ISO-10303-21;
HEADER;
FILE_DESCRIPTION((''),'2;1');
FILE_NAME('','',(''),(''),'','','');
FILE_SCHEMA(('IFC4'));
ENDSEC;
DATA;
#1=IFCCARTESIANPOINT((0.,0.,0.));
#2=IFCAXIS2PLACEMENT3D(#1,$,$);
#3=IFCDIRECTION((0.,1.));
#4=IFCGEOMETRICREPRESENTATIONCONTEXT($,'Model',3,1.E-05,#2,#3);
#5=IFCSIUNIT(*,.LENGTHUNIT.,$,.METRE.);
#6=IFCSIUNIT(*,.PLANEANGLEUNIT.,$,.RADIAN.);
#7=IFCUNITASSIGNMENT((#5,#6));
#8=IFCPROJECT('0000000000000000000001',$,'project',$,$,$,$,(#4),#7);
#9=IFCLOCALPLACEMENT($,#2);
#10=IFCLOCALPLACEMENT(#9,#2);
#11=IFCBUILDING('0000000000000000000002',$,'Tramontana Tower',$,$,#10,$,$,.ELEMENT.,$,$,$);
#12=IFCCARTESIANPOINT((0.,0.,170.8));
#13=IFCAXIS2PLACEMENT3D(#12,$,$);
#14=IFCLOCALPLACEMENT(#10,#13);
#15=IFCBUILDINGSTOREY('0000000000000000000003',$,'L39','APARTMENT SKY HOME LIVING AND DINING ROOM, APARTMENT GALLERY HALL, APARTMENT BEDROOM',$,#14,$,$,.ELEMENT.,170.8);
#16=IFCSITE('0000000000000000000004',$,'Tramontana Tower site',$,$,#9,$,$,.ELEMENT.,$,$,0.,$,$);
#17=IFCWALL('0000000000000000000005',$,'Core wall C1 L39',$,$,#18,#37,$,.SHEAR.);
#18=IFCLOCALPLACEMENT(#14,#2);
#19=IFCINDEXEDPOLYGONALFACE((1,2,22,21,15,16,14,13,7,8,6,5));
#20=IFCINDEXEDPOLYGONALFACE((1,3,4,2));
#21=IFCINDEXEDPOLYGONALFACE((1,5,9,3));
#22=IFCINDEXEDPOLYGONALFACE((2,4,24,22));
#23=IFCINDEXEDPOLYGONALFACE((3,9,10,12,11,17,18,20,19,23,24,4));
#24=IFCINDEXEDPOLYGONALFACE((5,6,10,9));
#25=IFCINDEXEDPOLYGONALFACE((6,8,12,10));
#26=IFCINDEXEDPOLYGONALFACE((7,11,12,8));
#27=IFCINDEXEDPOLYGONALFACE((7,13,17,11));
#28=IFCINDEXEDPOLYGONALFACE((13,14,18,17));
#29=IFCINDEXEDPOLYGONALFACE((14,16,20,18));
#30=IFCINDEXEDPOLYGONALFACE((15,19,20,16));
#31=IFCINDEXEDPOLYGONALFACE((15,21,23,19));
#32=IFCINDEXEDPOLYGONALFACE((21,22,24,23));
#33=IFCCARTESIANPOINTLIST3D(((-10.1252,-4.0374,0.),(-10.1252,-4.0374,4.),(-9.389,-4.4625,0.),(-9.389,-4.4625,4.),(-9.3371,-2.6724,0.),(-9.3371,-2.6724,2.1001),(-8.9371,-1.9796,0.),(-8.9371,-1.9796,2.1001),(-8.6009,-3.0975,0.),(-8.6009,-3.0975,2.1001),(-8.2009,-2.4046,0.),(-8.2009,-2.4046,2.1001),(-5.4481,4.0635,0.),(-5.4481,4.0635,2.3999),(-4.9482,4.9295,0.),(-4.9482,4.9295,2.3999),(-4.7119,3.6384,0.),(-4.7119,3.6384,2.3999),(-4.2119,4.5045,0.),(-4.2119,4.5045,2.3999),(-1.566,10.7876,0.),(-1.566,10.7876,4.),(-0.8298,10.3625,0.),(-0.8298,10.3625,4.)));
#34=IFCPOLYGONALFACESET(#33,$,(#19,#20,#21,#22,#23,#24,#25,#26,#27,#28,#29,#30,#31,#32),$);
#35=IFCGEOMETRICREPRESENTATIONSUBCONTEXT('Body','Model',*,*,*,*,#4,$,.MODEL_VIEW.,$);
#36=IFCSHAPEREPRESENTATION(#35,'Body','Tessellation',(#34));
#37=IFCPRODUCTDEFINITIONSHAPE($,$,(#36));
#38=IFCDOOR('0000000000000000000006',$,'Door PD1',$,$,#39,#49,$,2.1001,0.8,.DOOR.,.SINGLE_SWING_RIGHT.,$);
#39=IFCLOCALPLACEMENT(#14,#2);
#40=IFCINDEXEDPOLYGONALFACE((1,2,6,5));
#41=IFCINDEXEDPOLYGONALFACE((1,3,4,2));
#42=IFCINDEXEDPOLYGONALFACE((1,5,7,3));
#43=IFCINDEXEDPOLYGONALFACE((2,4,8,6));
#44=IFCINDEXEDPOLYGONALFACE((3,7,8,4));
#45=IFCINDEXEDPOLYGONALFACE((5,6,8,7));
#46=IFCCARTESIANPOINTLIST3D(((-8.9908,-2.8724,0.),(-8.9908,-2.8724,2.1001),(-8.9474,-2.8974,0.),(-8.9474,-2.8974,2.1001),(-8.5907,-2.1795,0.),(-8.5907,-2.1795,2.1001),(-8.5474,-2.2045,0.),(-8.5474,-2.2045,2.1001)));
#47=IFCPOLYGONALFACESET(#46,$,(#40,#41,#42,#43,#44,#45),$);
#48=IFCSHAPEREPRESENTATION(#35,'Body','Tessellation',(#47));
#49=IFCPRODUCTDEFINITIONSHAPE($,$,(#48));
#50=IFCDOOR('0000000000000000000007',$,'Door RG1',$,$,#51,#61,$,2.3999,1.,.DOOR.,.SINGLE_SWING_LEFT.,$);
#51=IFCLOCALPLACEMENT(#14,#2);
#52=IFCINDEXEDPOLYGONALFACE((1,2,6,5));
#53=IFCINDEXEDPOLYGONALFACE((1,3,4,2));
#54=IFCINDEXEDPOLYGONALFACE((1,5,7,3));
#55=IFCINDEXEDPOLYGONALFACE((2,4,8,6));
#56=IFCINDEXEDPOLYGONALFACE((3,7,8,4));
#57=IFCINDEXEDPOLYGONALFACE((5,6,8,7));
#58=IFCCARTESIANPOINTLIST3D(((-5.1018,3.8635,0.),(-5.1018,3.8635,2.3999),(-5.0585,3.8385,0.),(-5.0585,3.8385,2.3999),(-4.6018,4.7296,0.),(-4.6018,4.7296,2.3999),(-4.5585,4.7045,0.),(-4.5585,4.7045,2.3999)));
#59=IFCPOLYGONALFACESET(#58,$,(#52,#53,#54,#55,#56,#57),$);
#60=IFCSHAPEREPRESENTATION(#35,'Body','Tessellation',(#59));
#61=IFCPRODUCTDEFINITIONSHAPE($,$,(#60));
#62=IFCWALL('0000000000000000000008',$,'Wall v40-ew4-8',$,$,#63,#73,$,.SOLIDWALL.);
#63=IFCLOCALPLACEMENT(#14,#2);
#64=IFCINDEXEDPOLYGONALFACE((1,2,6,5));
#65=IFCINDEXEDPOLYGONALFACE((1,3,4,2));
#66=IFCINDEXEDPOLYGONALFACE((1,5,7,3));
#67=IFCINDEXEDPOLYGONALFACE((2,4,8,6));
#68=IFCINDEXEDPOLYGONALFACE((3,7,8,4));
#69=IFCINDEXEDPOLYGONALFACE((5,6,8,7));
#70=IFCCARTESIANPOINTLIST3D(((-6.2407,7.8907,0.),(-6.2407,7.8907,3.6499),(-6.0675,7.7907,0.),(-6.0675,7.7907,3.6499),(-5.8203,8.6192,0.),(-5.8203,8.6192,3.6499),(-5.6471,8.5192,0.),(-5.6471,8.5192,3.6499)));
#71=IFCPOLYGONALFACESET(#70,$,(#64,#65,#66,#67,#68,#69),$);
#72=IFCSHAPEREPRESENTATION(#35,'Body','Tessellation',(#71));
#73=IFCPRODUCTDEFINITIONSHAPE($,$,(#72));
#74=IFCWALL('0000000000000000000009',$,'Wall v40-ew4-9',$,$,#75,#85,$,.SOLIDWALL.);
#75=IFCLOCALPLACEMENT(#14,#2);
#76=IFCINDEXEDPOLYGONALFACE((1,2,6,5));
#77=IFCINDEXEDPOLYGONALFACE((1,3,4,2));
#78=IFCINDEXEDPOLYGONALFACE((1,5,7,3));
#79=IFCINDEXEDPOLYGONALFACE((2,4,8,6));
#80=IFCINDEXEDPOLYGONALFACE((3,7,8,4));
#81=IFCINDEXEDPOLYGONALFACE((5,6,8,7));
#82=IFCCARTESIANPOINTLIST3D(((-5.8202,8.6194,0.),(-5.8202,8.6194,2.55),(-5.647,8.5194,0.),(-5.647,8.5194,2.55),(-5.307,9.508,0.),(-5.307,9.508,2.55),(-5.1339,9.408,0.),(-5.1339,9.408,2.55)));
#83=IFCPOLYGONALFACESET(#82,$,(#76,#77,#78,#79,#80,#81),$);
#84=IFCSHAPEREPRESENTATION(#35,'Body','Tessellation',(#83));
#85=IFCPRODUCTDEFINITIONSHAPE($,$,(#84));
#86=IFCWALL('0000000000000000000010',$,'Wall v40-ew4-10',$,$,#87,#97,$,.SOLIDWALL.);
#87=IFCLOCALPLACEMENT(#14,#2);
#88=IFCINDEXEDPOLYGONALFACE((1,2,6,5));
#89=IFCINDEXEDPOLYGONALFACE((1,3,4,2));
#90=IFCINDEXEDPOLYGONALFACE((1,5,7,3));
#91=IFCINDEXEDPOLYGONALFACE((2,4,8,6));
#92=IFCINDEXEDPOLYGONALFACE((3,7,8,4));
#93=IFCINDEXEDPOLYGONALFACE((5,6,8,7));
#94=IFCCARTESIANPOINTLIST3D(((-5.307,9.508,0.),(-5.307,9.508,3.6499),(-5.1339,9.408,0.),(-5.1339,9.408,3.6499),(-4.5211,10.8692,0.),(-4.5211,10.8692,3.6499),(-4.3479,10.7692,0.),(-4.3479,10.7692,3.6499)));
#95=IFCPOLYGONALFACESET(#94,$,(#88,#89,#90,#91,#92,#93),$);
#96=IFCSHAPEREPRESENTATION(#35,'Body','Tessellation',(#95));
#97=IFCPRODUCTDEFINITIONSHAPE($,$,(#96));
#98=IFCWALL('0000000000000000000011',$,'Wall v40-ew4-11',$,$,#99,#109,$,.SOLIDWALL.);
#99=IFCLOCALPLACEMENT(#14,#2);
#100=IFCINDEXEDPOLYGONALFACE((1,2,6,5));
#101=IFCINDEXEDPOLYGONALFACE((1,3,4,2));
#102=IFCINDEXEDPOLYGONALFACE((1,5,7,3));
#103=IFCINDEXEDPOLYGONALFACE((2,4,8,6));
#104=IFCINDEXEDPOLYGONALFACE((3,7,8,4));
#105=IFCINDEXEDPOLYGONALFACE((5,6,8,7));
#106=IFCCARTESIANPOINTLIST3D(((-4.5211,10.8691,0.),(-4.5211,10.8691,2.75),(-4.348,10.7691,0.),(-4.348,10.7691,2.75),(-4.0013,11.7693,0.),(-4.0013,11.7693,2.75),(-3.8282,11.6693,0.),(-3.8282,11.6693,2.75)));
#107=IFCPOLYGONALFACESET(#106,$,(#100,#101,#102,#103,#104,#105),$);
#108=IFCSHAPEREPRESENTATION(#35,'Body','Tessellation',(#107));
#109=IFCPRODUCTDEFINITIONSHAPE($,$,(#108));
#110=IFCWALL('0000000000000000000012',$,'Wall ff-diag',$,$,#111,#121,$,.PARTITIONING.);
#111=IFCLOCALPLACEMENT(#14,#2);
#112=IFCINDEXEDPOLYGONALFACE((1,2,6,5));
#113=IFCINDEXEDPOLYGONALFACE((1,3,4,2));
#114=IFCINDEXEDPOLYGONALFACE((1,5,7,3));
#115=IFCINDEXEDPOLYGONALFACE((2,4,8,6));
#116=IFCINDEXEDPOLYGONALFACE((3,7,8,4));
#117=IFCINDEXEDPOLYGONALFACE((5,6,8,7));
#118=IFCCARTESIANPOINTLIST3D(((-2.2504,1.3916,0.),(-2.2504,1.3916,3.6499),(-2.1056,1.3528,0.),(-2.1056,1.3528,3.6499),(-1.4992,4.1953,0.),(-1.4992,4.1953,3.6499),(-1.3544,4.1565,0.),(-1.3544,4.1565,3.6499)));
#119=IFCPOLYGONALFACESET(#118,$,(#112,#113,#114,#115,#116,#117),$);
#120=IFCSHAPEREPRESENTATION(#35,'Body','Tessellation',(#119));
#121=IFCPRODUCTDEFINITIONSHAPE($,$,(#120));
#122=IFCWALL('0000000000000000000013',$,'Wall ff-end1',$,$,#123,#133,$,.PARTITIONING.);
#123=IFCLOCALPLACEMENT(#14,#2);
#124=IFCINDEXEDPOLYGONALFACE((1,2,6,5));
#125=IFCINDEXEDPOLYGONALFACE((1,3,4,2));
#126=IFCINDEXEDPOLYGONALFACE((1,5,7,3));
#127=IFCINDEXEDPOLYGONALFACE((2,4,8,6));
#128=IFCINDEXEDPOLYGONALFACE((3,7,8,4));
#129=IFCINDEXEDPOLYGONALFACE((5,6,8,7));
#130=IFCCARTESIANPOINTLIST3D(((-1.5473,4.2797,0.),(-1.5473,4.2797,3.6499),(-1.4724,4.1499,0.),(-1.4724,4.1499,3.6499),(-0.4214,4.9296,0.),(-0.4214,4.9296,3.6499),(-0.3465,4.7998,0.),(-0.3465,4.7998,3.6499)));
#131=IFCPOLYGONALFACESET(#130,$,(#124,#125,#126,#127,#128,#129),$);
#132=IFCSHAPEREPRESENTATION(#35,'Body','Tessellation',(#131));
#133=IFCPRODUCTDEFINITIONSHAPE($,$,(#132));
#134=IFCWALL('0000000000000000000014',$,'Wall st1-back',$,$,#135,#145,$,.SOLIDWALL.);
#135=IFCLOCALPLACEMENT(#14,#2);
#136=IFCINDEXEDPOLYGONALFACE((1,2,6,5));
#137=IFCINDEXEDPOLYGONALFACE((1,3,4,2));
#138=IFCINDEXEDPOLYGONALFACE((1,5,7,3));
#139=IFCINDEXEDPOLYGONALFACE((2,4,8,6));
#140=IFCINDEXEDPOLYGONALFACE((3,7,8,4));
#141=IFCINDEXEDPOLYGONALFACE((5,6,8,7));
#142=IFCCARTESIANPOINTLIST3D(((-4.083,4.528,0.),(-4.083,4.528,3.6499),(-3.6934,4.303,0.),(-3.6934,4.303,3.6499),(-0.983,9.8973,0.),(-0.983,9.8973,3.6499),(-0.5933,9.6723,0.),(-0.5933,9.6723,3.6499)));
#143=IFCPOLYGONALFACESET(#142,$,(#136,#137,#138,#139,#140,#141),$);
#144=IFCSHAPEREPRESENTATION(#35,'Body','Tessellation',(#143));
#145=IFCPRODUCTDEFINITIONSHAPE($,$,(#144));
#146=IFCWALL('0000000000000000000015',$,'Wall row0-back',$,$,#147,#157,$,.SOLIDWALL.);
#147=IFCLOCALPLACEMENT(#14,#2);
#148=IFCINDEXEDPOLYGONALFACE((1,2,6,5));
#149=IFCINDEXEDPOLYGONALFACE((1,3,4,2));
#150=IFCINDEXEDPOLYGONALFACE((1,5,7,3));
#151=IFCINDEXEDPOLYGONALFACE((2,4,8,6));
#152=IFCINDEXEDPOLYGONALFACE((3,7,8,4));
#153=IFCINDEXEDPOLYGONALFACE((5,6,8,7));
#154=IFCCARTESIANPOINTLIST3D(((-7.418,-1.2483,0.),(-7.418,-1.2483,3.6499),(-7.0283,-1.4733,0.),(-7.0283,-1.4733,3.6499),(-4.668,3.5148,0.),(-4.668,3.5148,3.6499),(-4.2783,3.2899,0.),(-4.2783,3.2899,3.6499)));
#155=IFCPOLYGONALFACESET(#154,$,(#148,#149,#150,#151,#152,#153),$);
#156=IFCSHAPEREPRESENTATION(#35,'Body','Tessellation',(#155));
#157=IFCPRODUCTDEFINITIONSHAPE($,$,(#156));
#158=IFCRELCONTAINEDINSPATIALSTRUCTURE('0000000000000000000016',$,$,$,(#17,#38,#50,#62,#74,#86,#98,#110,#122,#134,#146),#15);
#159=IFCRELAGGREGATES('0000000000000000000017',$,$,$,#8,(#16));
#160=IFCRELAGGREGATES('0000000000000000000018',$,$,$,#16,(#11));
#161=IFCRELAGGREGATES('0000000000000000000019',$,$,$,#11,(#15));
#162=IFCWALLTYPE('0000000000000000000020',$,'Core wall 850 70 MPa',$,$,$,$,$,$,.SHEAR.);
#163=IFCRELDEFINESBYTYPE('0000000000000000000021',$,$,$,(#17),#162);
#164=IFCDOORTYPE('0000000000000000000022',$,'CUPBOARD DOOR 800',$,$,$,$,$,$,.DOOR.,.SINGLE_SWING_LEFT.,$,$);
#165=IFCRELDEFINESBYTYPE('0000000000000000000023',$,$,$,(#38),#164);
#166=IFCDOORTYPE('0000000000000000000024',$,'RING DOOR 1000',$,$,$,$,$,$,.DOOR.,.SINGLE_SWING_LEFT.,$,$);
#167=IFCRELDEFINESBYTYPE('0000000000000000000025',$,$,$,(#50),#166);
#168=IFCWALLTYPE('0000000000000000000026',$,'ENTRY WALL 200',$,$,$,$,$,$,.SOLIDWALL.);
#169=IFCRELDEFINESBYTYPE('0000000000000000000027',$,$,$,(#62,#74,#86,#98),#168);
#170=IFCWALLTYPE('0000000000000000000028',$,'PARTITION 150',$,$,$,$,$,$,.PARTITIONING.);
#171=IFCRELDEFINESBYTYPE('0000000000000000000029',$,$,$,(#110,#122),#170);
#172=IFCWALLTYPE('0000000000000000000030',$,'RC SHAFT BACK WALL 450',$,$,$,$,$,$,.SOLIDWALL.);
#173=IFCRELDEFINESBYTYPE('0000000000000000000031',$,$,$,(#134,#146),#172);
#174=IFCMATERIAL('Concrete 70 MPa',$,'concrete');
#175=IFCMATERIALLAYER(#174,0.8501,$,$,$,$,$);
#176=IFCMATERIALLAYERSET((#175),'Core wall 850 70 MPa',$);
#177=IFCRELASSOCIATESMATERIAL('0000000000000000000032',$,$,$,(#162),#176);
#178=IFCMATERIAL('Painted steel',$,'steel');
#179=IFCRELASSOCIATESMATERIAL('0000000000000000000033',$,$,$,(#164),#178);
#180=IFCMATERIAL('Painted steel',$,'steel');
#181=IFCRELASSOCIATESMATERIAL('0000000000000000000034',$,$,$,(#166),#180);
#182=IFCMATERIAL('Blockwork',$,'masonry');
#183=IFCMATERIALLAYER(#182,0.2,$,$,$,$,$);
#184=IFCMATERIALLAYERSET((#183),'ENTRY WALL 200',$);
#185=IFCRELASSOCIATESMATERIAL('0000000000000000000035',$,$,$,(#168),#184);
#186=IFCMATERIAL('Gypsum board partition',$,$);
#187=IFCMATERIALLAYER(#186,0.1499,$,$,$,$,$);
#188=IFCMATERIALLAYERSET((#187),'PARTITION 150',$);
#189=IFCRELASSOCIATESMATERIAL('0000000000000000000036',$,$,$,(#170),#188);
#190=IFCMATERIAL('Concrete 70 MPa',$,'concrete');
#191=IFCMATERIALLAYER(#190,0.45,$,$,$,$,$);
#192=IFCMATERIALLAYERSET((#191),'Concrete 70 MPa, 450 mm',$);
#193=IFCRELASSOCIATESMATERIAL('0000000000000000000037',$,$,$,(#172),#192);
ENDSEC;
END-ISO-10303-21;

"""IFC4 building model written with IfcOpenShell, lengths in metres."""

from ifc_helpers import new_model, si_unit, direction, frame, frame_2d, origin, place, context, subcontext, project, spatial, rectangle, extrude, material, layer, layer_set, type_object, element, fill, save


model = new_model("IFC4")

# Units and contexts
model_context = context("Model", 3, precision=1e-05, world=origin(), true_north=direction((0.0, 1.0)))
body_context = subcontext(model_context, "Body", "Model", "MODEL_VIEW")
ifc_project = project(units=[si_unit("LENGTHUNIT", "METRE"), si_unit("PLANEANGLEUNIT", "RADIAN")], contexts=[model_context])

# Site, building, storey
site_placement = place(None, origin())
site = spatial("IfcSite", under=ifc_project, at=site_placement, Name="Tramontana Tower site", CompositionType="ELEMENT", RefElevation=0.0)
building_placement = place(site_placement, origin())
building = spatial("IfcBuilding", under=site, at=building_placement, Name="Tramontana Tower", CompositionType="ELEMENT")
storey_placement = place(building_placement, frame((0.0, 0.0, 170.8)))
storey = spatial("IfcBuildingStorey", under=building, at=storey_placement, Name="L39", Description="APARTMENT SKY HOME LIVING AND DINING ROOM, APARTMENT GALLERY HALL, APARTMENT BEDROOM", CompositionType="ELEMENT", Elevation=170.8)

# Wall, openings, doors
ifc_material_1 = material(Name="Concrete 70 MPa", Category="concrete")
ifc_layer_1 = layer(ifc_material_1, 0.8501)
ifc_layer_set_1 = layer_set([ifc_layer_1], Name="Core wall 850 70 MPa")
wall_type_1 = type_object("IfcWallType", Name="Core wall 850 70 MPa", PredefinedType="SHEAR", material=ifc_layer_set_1)
wall_1_placement = place(storey_placement, frame((-1.198, 10.575, 0.0), z_axis=(0.0, 0.0, 1.0), x_axis=(-0.499995, -0.866028, 0.0)))
wall_1 = element("IfcWall", 1, at=wall_1_placement, inside=storey, type_object=wall_type_1, Name="Core wall C1 L39", PredefinedType="SHEAR", context=body_context, shape_type="SweptSolid", body=[
    extrude(rectangle(XDim=17.1184, YDim=0.8501, at=frame_2d((8.5591, 0.0))), origin(), (0.0, 0.0, 1.0), 4.0),
])
opening_1_placement = place(wall_1_placement, frame((6.7642, 0.0, 0.0)))
opening_1 = element("IfcOpeningElement", 2, at=opening_1_placement, cuts=wall_1, PredefinedType="OPENING", context=body_context, shape_type="SweptSolid", body=[
    extrude(rectangle(XDim=1.0, YDim=2.3999, at=frame_2d((0.5, 1.2))), frame((0.0, 0.4351, 0.0), z_axis=(0.0, -1.0, 0.0), x_axis=(1.0, 0.0, 0.0)), (0.0, 0.0, 1.0), 0.8701),
])
opening_2_placement = place(wall_1_placement, frame((14.7422, 0.0, 0.0)))
opening_2 = element("IfcOpeningElement", 3, at=opening_2_placement, cuts=wall_1, PredefinedType="OPENING", context=body_context, shape_type="SweptSolid", body=[
    extrude(rectangle(XDim=0.8, YDim=2.1001, at=frame_2d((0.3999, 1.05))), frame((0.0, 0.4351, 0.0), z_axis=(0.0, -1.0, 0.0), x_axis=(1.0, 0.0, 0.0)), (0.0, 0.0, 1.0), 0.8701),
])
ifc_material_2 = material(Name="Painted steel", Category="steel")
door_type_1 = type_object("IfcDoorType", Name="CUPBOARD DOOR 800", OperationType="SINGLE_SWING_LEFT", PredefinedType="DOOR", material=ifc_material_2)
door_1_placement = place(opening_2_placement, origin())
door_1 = element("IfcDoor", 4, at=door_1_placement, inside=storey, type_object=door_type_1, Name="Door PD1", OperationType="SINGLE_SWING_RIGHT", OverallHeight=2.1001, OverallWidth=0.8, PredefinedType="DOOR", context=body_context, shape_type="SweptSolid", body=[
    extrude(rectangle(XDim=0.8, YDim=2.1001, at=frame_2d((0.3999, 1.05))), frame((0.0, 0.0249, 0.0), z_axis=(0.0, -1.0, 0.0), x_axis=(1.0, 0.0, 0.0)), (0.0, 0.0, 1.0), 0.05),
])
fill(opening_2, door_1)
ifc_material_3 = material(Name="Painted steel", Category="steel")
door_type_2 = type_object("IfcDoorType", Name="RING DOOR 1000", OperationType="SINGLE_SWING_LEFT", PredefinedType="DOOR", material=ifc_material_3)
door_2_placement = place(opening_1_placement, origin())
door_2 = element("IfcDoor", 5, at=door_2_placement, inside=storey, type_object=door_type_2, Name="Door RG1", OperationType="SINGLE_SWING_LEFT", OverallHeight=2.3999, OverallWidth=1.0, PredefinedType="DOOR", context=body_context, shape_type="SweptSolid", body=[
    extrude(rectangle(XDim=1.0, YDim=2.3999, at=frame_2d((0.5, 1.2))), frame((0.0, 0.0249, 0.0), z_axis=(0.0, -1.0, 0.0), x_axis=(1.0, 0.0, 0.0)), (0.0, 0.0, 1.0), 0.05),
])
fill(opening_1, door_2)

# Shared definitions
ifc_material_4 = material(Name="Blockwork", Category="masonry")
ifc_layer_2 = layer(ifc_material_4, 0.2)
ifc_layer_set_2 = layer_set([ifc_layer_2], Name="ENTRY WALL 200")
wall_type_2 = type_object("IfcWallType", Name="ENTRY WALL 200", PredefinedType="SOLIDWALL", material=ifc_layer_set_2)

# Walls
wall_2_placement = place(storey_placement, frame((-6.1541, 7.8408, 0.0), z_axis=(0.0, 0.0, 1.0), x_axis=(0.499823, 0.866128, 0.0)))
element("IfcWall", 6, at=wall_2_placement, inside=storey, type_object=wall_type_2, Name="Wall v40-ew4-8", PredefinedType="SOLIDWALL", context=body_context, shape_type="SweptSolid", body=[
    extrude(rectangle(XDim=0.8411, YDim=0.2, at=frame_2d((0.4204, 0.0))), origin(), (0.0, 0.0, 1.0), 3.6499),
])
wall_3_placement = place(storey_placement, frame((-5.7336, 8.5693, 0.0), z_axis=(0.0, 0.0, 1.0), x_axis=(0.500079, 0.86598, 0.0)))
element("IfcWall", 7, at=wall_3_placement, inside=storey, type_object=wall_type_2, Name="Wall v40-ew4-9", PredefinedType="SOLIDWALL", context=body_context, shape_type="SweptSolid", body=[
    extrude(rectangle(XDim=1.0261, YDim=0.2, at=frame_2d((0.5132, 0.0))), origin(), (0.0, 0.0, 1.0), 2.55),
])
wall_4_placement = place(storey_placement, frame((-5.2205, 9.458, 0.0), z_axis=(0.0, 0.0, 1.0), x_axis=(0.500032, 0.866007, 0.0)))
element("IfcWall", 8, at=wall_4_placement, inside=storey, type_object=wall_type_2, Name="Wall v40-ew4-10", PredefinedType="SOLIDWALL", context=body_context, shape_type="SweptSolid", body=[
    extrude(rectangle(XDim=1.5718, YDim=0.2, at=frame_2d((0.7859, 0.0))), origin(), (0.0, 0.0, 1.0), 3.6499),
])
wall_5_placement = place(storey_placement, frame((-4.4346, 10.8191, 0.0), z_axis=(0.0, 0.0, 1.0), x_axis=(0.500055, 0.865994, 0.0)))
element("IfcWall", 9, at=wall_5_placement, inside=storey, type_object=wall_type_2, Name="Wall v40-ew4-11", PredefinedType="SOLIDWALL", context=body_context, shape_type="SweptSolid", body=[
    extrude(rectangle(XDim=1.0396, YDim=0.2, at=frame_2d((0.5198, 0.0))), origin(), (0.0, 0.0, 1.0), 2.75),
])
ifc_material_5 = material(Name="Gypsum board partition")
ifc_layer_3 = layer(ifc_material_5, 0.1499)
ifc_layer_set_3 = layer_set([ifc_layer_3], Name="PARTITION 150")
wall_type_3 = type_object("IfcWallType", Name="PARTITION 150", PredefinedType="PARTITIONING", material=ifc_layer_set_3)
wall_6_placement = place(storey_placement, frame((-2.178, 1.3723, 0.0), z_axis=(0.0, 0.0, 1.0), x_axis=(0.258809, 0.965929, 0.0)))
element("IfcWall", 10, at=wall_6_placement, inside=storey, type_object=wall_type_3, Name="Wall ff-diag", PredefinedType="PARTITIONING", context=body_context, shape_type="SweptSolid", body=[
    extrude(rectangle(XDim=2.9026, YDim=0.1499, at=frame_2d((1.4512, 0.0))), origin(), (0.0, 0.0, 1.0), 3.6499),
])
wall_7_placement = place(storey_placement, frame((-1.5098, 4.2148, 0.0), z_axis=(0.0, 0.0, 1.0), x_axis=(0.866086, 0.499896, 0.0)))
element("IfcWall", 11, at=wall_7_placement, inside=storey, type_object=wall_type_3, Name="Wall ff-end1", PredefinedType="PARTITIONING", context=body_context, shape_type="SweptSolid", body=[
    extrude(rectangle(XDim=1.3, YDim=0.1499, at=frame_2d((0.6499, 0.0))), origin(), (0.0, 0.0, 1.0), 3.6499),
])
ifc_material_6 = material(Name="Concrete 70 MPa", Category="concrete")
ifc_layer_4 = layer(ifc_material_6, 0.45)
ifc_layer_set_4 = layer_set([ifc_layer_4], Name="Concrete 70 MPa, 450 mm")
wall_type_4 = type_object("IfcWallType", Name="RC SHAFT BACK WALL 450", PredefinedType="SOLIDWALL", material=ifc_layer_set_4)
wall_8_placement = place(storey_placement, frame((-0.7881, 9.7849, 0.0), z_axis=(0.0, 0.0, 1.0), x_axis=(-0.50001, -0.86602, 0.0)))
element("IfcWall", 12, at=wall_8_placement, inside=storey, type_object=wall_type_4, Name="Wall st1-back", PredefinedType="SOLIDWALL", context=body_context, shape_type="SweptSolid", body=[
    extrude(rectangle(XDim=6.2, YDim=0.45, at=frame_2d((3.1001, 0.0))), origin(), (0.0, 0.0, 1.0), 3.6499),
])
wall_9_placement = place(storey_placement, frame((-4.4731, 3.4023, 0.0), z_axis=(0.0, 0.0, 1.0), x_axis=(-0.499997, -0.866027, 0.0)))
element("IfcWall", 13, at=wall_9_placement, inside=storey, type_object=wall_type_4, Name="Wall row0-back", PredefinedType="SOLIDWALL", context=body_context, shape_type="SweptSolid", body=[
    extrude(rectangle(XDim=5.5, YDim=0.45, at=frame_2d((2.75, 0.0))), origin(), (0.0, 0.0, 1.0), 3.6499),
])

save(model, "model.ifc")
